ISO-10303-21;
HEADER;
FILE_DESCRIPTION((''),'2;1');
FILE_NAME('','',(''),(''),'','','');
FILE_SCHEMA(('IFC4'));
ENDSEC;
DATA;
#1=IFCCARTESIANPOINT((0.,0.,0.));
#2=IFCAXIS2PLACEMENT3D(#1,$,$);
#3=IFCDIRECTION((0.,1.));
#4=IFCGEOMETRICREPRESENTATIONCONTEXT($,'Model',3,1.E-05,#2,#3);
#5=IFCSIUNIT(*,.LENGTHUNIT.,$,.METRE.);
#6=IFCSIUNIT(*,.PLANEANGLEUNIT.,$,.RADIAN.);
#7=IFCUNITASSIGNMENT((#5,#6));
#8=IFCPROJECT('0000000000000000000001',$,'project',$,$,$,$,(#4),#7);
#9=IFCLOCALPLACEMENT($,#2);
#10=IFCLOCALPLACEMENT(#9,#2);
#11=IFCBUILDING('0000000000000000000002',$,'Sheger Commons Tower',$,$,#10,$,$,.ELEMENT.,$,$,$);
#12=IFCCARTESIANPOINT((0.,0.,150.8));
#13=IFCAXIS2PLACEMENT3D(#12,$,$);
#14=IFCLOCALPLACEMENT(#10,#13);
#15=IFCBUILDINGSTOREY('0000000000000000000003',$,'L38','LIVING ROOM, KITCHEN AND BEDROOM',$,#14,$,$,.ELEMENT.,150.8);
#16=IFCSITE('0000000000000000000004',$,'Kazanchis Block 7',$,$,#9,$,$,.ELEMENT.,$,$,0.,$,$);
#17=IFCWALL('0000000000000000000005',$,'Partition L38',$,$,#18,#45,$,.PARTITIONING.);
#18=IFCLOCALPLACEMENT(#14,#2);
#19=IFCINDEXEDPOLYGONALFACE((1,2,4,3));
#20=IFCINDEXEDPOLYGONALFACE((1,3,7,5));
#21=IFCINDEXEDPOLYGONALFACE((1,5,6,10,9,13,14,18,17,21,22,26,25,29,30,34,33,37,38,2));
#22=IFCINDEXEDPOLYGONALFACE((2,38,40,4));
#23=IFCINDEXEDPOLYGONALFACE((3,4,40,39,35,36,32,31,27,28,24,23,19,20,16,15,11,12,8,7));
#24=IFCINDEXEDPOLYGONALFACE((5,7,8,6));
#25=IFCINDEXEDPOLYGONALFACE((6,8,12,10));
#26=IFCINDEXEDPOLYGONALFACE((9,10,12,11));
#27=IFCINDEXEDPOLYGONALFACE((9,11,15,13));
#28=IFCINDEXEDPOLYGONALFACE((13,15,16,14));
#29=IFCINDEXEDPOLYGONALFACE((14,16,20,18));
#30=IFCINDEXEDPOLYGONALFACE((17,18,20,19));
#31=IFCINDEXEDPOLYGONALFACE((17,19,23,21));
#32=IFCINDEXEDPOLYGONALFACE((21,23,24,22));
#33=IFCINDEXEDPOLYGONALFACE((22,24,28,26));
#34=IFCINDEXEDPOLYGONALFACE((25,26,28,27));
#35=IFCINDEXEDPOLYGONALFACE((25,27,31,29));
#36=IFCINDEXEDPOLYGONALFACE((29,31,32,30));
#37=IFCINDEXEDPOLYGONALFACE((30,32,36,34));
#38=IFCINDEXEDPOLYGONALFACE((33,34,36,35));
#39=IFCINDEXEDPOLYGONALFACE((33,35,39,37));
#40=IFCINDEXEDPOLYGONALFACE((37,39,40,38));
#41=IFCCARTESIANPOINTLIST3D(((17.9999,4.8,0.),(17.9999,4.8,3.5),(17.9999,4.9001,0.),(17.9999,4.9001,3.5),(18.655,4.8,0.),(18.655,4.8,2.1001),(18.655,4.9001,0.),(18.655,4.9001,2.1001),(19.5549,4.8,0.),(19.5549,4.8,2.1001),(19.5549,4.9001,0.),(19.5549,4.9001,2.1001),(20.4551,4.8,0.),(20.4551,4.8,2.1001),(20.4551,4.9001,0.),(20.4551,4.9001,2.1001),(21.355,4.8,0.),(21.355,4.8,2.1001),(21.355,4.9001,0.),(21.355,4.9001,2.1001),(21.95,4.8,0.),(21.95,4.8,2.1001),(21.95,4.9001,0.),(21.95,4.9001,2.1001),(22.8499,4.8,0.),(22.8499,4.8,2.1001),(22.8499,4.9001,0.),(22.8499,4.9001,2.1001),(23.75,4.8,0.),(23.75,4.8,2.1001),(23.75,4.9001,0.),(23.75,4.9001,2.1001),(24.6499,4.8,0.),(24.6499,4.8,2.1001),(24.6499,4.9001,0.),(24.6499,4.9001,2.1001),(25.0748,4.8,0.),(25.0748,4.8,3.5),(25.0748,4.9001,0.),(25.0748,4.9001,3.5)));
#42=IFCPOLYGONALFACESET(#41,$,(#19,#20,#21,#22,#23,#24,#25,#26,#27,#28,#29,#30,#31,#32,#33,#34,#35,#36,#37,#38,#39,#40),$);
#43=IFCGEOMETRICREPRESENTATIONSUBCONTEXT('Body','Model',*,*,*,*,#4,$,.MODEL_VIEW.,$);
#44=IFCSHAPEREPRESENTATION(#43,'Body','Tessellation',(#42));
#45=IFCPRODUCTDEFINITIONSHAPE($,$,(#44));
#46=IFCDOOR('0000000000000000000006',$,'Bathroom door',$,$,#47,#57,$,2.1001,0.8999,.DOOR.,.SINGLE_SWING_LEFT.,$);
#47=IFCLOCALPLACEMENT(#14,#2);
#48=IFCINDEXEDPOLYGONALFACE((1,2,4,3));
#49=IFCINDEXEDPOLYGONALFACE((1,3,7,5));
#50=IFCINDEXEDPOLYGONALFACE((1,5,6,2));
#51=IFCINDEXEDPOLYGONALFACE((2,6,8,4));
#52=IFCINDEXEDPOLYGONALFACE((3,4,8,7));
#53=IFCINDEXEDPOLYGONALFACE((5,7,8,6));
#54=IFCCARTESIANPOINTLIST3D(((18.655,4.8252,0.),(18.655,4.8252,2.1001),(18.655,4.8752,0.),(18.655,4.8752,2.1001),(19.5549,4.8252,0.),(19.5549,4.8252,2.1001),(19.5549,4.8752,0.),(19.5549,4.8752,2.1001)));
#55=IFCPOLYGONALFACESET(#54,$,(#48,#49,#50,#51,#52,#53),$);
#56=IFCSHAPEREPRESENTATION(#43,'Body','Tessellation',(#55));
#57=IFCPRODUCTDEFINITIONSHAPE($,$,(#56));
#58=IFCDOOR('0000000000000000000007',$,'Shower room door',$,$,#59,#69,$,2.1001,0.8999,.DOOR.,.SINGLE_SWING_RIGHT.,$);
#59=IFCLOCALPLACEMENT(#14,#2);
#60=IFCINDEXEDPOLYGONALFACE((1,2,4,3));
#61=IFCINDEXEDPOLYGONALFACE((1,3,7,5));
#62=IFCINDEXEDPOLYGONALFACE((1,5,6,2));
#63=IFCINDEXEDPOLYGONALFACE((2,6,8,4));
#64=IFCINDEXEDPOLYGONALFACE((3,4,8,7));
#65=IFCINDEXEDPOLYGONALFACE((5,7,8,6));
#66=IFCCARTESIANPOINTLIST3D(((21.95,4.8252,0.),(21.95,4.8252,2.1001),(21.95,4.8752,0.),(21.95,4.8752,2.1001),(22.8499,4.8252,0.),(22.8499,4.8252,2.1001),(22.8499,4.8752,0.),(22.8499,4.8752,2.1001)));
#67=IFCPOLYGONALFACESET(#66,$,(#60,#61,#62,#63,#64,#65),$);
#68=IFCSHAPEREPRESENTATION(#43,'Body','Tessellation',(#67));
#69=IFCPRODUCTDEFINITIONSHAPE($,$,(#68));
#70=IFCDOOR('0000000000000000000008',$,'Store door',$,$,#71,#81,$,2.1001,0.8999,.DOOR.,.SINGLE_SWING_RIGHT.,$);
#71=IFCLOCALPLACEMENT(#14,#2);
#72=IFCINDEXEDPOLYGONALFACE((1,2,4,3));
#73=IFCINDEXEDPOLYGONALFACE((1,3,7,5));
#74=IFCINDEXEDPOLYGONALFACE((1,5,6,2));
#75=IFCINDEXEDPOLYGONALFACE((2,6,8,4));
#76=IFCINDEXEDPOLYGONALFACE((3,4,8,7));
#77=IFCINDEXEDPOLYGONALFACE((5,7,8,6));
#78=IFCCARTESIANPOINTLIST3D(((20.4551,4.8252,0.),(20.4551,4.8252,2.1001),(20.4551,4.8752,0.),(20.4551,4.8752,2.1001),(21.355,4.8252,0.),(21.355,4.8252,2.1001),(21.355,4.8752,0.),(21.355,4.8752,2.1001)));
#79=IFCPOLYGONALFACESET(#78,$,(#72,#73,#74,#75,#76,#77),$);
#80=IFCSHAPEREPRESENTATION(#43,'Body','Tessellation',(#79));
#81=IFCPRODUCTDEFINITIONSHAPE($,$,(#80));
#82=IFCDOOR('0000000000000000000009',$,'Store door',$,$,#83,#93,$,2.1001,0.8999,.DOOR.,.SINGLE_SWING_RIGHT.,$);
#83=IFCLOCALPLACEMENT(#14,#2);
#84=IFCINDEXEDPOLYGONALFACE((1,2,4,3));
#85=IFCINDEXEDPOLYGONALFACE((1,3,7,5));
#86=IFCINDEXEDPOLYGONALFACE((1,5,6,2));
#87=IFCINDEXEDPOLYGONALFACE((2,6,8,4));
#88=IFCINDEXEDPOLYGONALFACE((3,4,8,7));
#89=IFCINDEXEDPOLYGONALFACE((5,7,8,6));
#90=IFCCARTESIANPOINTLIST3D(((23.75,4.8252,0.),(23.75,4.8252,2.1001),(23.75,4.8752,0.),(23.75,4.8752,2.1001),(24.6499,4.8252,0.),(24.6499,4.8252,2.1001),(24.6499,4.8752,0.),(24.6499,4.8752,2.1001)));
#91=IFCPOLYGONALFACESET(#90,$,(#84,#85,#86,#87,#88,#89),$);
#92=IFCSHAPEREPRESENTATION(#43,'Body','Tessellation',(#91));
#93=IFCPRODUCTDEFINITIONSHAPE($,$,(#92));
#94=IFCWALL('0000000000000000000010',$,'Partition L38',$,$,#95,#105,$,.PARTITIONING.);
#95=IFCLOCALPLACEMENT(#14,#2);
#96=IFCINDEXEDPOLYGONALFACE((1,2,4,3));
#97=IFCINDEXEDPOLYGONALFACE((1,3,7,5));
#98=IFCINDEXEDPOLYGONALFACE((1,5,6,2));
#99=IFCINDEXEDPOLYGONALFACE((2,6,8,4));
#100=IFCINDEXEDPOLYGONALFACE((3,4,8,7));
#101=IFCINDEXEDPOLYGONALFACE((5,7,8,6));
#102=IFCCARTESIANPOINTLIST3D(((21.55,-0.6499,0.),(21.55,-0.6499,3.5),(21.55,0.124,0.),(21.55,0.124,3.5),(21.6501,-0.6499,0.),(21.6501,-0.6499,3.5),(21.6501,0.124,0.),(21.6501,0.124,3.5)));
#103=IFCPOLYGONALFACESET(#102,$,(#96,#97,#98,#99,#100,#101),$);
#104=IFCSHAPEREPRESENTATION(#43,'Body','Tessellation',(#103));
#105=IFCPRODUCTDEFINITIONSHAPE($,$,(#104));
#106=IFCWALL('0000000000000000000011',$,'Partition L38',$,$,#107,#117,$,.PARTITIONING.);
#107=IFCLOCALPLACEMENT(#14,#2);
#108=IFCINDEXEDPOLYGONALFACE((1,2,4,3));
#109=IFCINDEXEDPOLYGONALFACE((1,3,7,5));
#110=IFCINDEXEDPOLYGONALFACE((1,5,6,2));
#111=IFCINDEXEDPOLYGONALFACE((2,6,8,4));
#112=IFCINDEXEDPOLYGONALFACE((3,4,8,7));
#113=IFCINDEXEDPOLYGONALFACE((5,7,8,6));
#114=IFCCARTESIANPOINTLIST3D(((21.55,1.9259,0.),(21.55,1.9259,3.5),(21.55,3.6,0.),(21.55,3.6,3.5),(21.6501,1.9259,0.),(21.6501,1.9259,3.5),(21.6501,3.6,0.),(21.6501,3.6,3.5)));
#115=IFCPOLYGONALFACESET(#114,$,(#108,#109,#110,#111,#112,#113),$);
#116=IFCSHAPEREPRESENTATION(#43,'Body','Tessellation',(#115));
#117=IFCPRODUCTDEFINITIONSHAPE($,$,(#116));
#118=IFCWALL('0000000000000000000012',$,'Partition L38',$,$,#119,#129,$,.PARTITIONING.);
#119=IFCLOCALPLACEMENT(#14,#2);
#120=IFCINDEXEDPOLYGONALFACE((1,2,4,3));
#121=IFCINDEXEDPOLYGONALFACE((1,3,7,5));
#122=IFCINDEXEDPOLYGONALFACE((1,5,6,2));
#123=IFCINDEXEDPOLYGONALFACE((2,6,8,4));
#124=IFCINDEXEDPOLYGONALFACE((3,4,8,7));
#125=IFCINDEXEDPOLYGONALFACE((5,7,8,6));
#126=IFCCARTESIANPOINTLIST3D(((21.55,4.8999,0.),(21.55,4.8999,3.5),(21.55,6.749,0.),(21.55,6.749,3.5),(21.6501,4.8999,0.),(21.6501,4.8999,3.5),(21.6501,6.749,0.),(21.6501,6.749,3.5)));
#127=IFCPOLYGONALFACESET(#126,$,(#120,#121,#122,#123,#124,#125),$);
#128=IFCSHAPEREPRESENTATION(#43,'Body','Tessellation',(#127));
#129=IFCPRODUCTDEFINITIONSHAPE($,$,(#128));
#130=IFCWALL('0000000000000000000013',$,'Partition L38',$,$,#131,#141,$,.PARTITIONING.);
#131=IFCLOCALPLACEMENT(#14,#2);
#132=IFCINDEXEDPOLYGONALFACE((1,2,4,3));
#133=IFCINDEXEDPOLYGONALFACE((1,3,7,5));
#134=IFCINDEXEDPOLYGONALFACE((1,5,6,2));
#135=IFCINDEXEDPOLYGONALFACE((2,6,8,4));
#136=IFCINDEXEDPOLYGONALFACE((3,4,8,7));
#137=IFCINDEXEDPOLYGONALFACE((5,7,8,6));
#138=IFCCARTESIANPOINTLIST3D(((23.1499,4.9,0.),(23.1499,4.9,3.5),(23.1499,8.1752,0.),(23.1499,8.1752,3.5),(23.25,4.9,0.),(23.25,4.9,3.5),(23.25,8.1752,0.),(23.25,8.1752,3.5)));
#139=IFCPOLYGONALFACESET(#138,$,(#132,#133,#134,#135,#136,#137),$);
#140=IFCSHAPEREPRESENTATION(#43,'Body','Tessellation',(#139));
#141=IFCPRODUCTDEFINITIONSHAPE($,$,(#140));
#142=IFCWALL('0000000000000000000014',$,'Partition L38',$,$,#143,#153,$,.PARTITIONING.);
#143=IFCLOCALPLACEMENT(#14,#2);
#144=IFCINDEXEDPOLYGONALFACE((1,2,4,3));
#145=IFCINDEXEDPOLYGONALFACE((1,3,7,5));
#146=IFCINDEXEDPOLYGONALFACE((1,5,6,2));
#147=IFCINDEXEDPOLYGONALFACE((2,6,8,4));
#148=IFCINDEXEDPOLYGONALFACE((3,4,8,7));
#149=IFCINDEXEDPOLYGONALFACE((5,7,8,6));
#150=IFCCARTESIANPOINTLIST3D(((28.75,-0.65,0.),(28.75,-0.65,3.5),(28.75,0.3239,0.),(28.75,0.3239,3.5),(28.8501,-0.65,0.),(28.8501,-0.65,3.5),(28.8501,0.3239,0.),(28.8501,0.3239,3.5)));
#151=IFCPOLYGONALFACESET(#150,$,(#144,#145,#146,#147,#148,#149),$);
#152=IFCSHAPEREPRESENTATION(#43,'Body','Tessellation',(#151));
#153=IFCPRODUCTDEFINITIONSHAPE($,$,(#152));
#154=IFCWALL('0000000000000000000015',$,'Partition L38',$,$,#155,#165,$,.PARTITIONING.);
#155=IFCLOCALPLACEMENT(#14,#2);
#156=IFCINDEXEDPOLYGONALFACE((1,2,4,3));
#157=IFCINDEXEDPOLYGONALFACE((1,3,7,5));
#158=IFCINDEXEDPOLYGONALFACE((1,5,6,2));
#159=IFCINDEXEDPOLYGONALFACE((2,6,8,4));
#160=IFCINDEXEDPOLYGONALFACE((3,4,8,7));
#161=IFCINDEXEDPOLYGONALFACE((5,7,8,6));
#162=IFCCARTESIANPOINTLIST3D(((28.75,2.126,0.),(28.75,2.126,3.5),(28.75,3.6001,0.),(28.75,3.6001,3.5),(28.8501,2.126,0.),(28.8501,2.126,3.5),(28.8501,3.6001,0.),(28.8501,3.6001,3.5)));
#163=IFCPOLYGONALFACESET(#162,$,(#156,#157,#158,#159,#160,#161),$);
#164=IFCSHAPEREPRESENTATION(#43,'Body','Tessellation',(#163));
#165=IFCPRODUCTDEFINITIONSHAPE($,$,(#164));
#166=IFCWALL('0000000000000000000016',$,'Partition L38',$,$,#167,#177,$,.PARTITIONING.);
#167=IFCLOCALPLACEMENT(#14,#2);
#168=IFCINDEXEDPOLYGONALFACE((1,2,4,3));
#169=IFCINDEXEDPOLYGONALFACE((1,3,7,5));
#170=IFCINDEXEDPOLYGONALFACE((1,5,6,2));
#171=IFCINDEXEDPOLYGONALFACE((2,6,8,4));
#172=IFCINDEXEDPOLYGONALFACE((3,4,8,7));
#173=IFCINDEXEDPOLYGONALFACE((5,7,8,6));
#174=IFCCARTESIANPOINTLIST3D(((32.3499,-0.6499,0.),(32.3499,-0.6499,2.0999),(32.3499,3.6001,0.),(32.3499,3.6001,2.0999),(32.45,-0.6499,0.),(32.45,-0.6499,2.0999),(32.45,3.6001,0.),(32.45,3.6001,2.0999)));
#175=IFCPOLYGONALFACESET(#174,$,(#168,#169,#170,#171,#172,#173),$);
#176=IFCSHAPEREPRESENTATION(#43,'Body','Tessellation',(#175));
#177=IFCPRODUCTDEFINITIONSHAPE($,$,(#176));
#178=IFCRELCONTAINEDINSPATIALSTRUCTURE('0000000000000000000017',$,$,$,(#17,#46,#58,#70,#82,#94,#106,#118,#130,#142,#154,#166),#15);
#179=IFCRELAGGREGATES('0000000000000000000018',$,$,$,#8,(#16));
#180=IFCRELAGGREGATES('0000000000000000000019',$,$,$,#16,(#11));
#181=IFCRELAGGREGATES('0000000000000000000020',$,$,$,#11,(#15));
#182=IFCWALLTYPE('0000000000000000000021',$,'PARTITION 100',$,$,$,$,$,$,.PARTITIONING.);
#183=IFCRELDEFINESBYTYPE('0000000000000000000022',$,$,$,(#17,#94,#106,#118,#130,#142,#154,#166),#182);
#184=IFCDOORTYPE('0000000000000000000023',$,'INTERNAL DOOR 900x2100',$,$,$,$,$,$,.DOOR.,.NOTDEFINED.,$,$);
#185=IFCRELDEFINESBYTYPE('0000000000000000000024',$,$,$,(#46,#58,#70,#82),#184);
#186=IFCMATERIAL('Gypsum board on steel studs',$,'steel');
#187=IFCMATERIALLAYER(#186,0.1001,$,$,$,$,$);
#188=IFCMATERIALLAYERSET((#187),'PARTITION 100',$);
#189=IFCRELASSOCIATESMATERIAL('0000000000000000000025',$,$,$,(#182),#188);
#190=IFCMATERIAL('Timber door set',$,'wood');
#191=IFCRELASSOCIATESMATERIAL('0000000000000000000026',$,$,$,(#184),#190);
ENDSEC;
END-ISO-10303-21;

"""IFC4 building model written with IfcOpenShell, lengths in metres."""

from ifc_helpers import new_model, si_unit, direction, frame, frame_2d, origin, place, context, subcontext, project, spatial, rectangle, extrude, material, layer, layer_set, type_object, element, fill, save


model = new_model("IFC4")

# Units and contexts
model_context = context("Model", 3, precision=1e-05, world=origin(), true_north=direction((0.0, 1.0)))
body_context = subcontext(model_context, "Body", "Model", "MODEL_VIEW")
ifc_project = project(units=[si_unit("LENGTHUNIT", "METRE"), si_unit("PLANEANGLEUNIT", "RADIAN")], contexts=[model_context])

# Site, building, storey
site_placement = place(None, origin())
site = spatial("IfcSite", under=ifc_project, at=site_placement, Name="Kazanchis Block 7", CompositionType="ELEMENT", RefElevation=0.0)
building_placement = place(site_placement, origin())
building = spatial("IfcBuilding", under=site, at=building_placement, Name="Sheger Commons Tower", CompositionType="ELEMENT")
storey_placement = place(building_placement, frame((0.0, 0.0, 150.8)))
storey = spatial("IfcBuildingStorey", under=building, at=storey_placement, Name="L38", Description="LIVING ROOM, KITCHEN AND BEDROOM", CompositionType="ELEMENT", Elevation=150.8)

# Wall, openings, doors
ifc_material_1 = material(Name="Gypsum board on steel studs", Category="steel")
ifc_layer_1 = layer(ifc_material_1, 0.1001)
ifc_layer_set_1 = layer_set([ifc_layer_1], Name="PARTITION 100")
wall_type_1 = type_object("IfcWallType", Name="PARTITION 100", PredefinedType="PARTITIONING", material=ifc_layer_set_1)
ifc_material_2 = material(Name="Timber door set", Category="wood")
door_type = type_object("IfcDoorType", Name="INTERNAL DOOR 900x2100", OperationType="NOTDEFINED", PredefinedType="DOOR", material=ifc_material_2)
wall_1_placement = place(storey_placement, frame((25.075, 4.8501, 0.0), z_axis=(0.0, 0.0, 1.0), x_axis=(-1.0, 0.0, 0.0)))
wall_1 = element("IfcWall", 1, at=wall_1_placement, inside=storey, type_object=wall_type_1, Name="Partition L38", PredefinedType="PARTITIONING", context=body_context, shape_type="SweptSolid", body=[
    extrude(rectangle(XDim=7.075, YDim=0.1001, at=frame_2d((3.5376, 0.0))), origin(), (0.0, 0.0, 1.0), 3.5),
])
opening_1_placement = place(wall_1_placement, frame((5.52, 0.0, 0.0)))
opening_1 = element("IfcOpeningElement", 2, at=opening_1_placement, cuts=wall_1, PredefinedType="OPENING", context=body_context, shape_type="SweptSolid", body=[
    extrude(rectangle(XDim=0.8999, YDim=2.1001, at=frame_2d((0.45, 1.05))), frame((0.0, 0.0601, 0.0), z_axis=(0.0, -1.0, 0.0), x_axis=(1.0, 0.0, 0.0)), (0.0, 0.0, 1.0), 0.1201),
])
opening_2_placement = place(wall_1_placement, frame((2.2251, 0.0, 0.0)))
opening_2 = element("IfcOpeningElement", 3, at=opening_2_placement, cuts=wall_1, PredefinedType="OPENING", context=body_context, shape_type="SweptSolid", body=[
    extrude(rectangle(XDim=0.8999, YDim=2.1001, at=frame_2d((0.45, 1.05))), frame((0.0, 0.0601, 0.0), z_axis=(0.0, -1.0, 0.0), x_axis=(1.0, 0.0, 0.0)), (0.0, 0.0, 1.0), 0.1201),
])
opening_3_placement = place(wall_1_placement, frame((3.72, 0.0, 0.0)))
opening_3 = element("IfcOpeningElement", 4, at=opening_3_placement, cuts=wall_1, PredefinedType="OPENING", context=body_context, shape_type="SweptSolid", body=[
    extrude(rectangle(XDim=0.8999, YDim=2.1001, at=frame_2d((0.45, 1.05))), frame((0.0, 0.0601, 0.0), z_axis=(0.0, -1.0, 0.0), x_axis=(1.0, 0.0, 0.0)), (0.0, 0.0, 1.0), 0.1201),
])
opening_4_placement = place(wall_1_placement, frame((0.425, 0.0, 0.0)))
opening_4 = element("IfcOpeningElement", 5, at=opening_4_placement, cuts=wall_1, PredefinedType="OPENING", context=body_context, shape_type="SweptSolid", body=[
    extrude(rectangle(XDim=0.8999, YDim=2.1001, at=frame_2d((0.45, 1.05))), frame((0.0, 0.0601, 0.0), z_axis=(0.0, -1.0, 0.0), x_axis=(1.0, 0.0, 0.0)), (0.0, 0.0, 1.0), 0.1201),
])
door_1_placement = place(opening_1_placement, origin())
door_1 = element("IfcDoor", 6, at=door_1_placement, inside=storey, type_object=door_type, Name="Bathroom door", OperationType="SINGLE_SWING_LEFT", OverallHeight=2.1001, OverallWidth=0.8999, PredefinedType="DOOR", context=body_context, shape_type="SweptSolid", body=[
    extrude(rectangle(XDim=0.8999, YDim=2.1001, at=frame_2d((0.45, 1.05))), frame((0.0, 0.0249, 0.0), z_axis=(0.0, -1.0, 0.0), x_axis=(1.0, 0.0, 0.0)), (0.0, 0.0, 1.0), 0.05),
])
fill(opening_1, door_1)
door_2_placement = place(opening_2_placement, origin())
door_2 = element("IfcDoor", 7, at=door_2_placement, inside=storey, type_object=door_type, Name="Shower room door", OperationType="SINGLE_SWING_RIGHT", OverallHeight=2.1001, OverallWidth=0.8999, PredefinedType="DOOR", context=body_context, shape_type="SweptSolid", body=[
    extrude(rectangle(XDim=0.8999, YDim=2.1001, at=frame_2d((0.45, 1.05))), frame((0.0, 0.0249, 0.0), z_axis=(0.0, -1.0, 0.0), x_axis=(1.0, 0.0, 0.0)), (0.0, 0.0, 1.0), 0.05),
])
fill(opening_2, door_2)
door_3_placement = place(opening_3_placement, origin())
door_3 = element("IfcDoor", 8, at=door_3_placement, inside=storey, type_object=door_type, Name="Store door", OperationType="SINGLE_SWING_RIGHT", OverallHeight=2.1001, OverallWidth=0.8999, PredefinedType="DOOR", context=body_context, shape_type="SweptSolid", body=[
    extrude(rectangle(XDim=0.8999, YDim=2.1001, at=frame_2d((0.45, 1.05))), frame((0.0, 0.0249, 0.0), z_axis=(0.0, -1.0, 0.0), x_axis=(1.0, 0.0, 0.0)), (0.0, 0.0, 1.0), 0.05),
])
fill(opening_3, door_3)
door_4_placement = place(opening_4_placement, origin())
door_4 = element("IfcDoor", 9, at=door_4_placement, inside=storey, type_object=door_type, Name="Store door", OperationType="SINGLE_SWING_RIGHT", OverallHeight=2.1001, OverallWidth=0.8999, PredefinedType="DOOR", context=body_context, shape_type="SweptSolid", body=[
    extrude(rectangle(XDim=0.8999, YDim=2.1001, at=frame_2d((0.45, 1.05))), frame((0.0, 0.0249, 0.0), z_axis=(0.0, -1.0, 0.0), x_axis=(1.0, 0.0, 0.0)), (0.0, 0.0, 1.0), 0.05),
])
fill(opening_4, door_4)

# Walls
wall_2_placement = place(storey_placement, frame((21.6001, -0.6499, 0.0), z_axis=(0.0, 0.0, 1.0), x_axis=(0.0, 1.0, 0.0)))
element("IfcWall", 10, at=wall_2_placement, inside=storey, type_object=wall_type_1, Name="Partition L38", PredefinedType="PARTITIONING", context=body_context, shape_type="SweptSolid", body=[
    extrude(rectangle(XDim=0.7739, YDim=0.1001, at=frame_2d((0.387, 0.0))), origin(), (0.0, 0.0, 1.0), 3.5),
])
wall_3_placement = place(storey_placement, frame((21.6001, 1.926, 0.0), z_axis=(0.0, 0.0, 1.0), x_axis=(0.0, 1.0, 0.0)))
element("IfcWall", 11, at=wall_3_placement, inside=storey, type_object=wall_type_1, Name="Partition L38", PredefinedType="PARTITIONING", context=body_context, shape_type="SweptSolid", body=[
    extrude(rectangle(XDim=1.6741, YDim=0.1001, at=frame_2d((0.8369, 0.0))), origin(), (0.0, 0.0, 1.0), 3.5),
])
wall_4_placement = place(storey_placement, frame((21.6001, 4.8999, 0.0), z_axis=(0.0, 0.0, 1.0), x_axis=(0.0, 1.0, 0.0)))
element("IfcWall", 12, at=wall_4_placement, inside=storey, type_object=wall_type_1, Name="Partition L38", PredefinedType="PARTITIONING", context=body_context, shape_type="SweptSolid", body=[
    extrude(rectangle(XDim=1.8491, YDim=0.1001, at=frame_2d((0.9246, 0.0))), origin(), (0.0, 0.0, 1.0), 3.5),
])
wall_5_placement = place(storey_placement, frame((23.2, 4.8999, 0.0), z_axis=(0.0, 0.0, 1.0), x_axis=(0.0, 1.0, 0.0)))
element("IfcWall", 13, at=wall_5_placement, inside=storey, type_object=wall_type_1, Name="Partition L38", PredefinedType="PARTITIONING", context=body_context, shape_type="SweptSolid", body=[
    extrude(rectangle(XDim=3.2751, YDim=0.1001, at=frame_2d((1.6377, 0.0))), origin(), (0.0, 0.0, 1.0), 3.5),
])
wall_6_placement = place(storey_placement, frame((28.8, -0.6499, 0.0), z_axis=(0.0, 0.0, 1.0), x_axis=(0.0, 1.0, 0.0)))
element("IfcWall", 14, at=wall_6_placement, inside=storey, type_object=wall_type_1, Name="Partition L38", PredefinedType="PARTITIONING", context=body_context, shape_type="SweptSolid", body=[
    extrude(rectangle(XDim=0.9739, YDim=0.1001, at=frame_2d((0.4868, 0.0))), origin(), (0.0, 0.0, 1.0), 3.5),
])
wall_7_placement = place(storey_placement, frame((28.8, 2.126, 0.0), z_axis=(0.0, 0.0, 1.0), x_axis=(0.0, 1.0, 0.0)))
element("IfcWall", 15, at=wall_7_placement, inside=storey, type_object=wall_type_1, Name="Partition L38", PredefinedType="PARTITIONING", context=body_context, shape_type="SweptSolid", body=[
    extrude(rectangle(XDim=1.4741, YDim=0.1001, at=frame_2d((0.7371, 0.0))), origin(), (0.0, 0.0, 1.0), 3.5),
])
wall_8_placement = place(storey_placement, frame((32.3999, -0.6499, 0.0), z_axis=(0.0, 0.0, 1.0), x_axis=(0.0, 1.0, 0.0)))
element("IfcWall", 16, at=wall_8_placement, inside=storey, type_object=wall_type_1, Name="Partition L38", PredefinedType="PARTITIONING", context=body_context, shape_type="SweptSolid", body=[
    extrude(rectangle(XDim=4.25, YDim=0.1001, at=frame_2d((2.125, 0.0))), origin(), (0.0, 0.0, 1.0), 2.0999),
])

save(model, "model.ifc")
